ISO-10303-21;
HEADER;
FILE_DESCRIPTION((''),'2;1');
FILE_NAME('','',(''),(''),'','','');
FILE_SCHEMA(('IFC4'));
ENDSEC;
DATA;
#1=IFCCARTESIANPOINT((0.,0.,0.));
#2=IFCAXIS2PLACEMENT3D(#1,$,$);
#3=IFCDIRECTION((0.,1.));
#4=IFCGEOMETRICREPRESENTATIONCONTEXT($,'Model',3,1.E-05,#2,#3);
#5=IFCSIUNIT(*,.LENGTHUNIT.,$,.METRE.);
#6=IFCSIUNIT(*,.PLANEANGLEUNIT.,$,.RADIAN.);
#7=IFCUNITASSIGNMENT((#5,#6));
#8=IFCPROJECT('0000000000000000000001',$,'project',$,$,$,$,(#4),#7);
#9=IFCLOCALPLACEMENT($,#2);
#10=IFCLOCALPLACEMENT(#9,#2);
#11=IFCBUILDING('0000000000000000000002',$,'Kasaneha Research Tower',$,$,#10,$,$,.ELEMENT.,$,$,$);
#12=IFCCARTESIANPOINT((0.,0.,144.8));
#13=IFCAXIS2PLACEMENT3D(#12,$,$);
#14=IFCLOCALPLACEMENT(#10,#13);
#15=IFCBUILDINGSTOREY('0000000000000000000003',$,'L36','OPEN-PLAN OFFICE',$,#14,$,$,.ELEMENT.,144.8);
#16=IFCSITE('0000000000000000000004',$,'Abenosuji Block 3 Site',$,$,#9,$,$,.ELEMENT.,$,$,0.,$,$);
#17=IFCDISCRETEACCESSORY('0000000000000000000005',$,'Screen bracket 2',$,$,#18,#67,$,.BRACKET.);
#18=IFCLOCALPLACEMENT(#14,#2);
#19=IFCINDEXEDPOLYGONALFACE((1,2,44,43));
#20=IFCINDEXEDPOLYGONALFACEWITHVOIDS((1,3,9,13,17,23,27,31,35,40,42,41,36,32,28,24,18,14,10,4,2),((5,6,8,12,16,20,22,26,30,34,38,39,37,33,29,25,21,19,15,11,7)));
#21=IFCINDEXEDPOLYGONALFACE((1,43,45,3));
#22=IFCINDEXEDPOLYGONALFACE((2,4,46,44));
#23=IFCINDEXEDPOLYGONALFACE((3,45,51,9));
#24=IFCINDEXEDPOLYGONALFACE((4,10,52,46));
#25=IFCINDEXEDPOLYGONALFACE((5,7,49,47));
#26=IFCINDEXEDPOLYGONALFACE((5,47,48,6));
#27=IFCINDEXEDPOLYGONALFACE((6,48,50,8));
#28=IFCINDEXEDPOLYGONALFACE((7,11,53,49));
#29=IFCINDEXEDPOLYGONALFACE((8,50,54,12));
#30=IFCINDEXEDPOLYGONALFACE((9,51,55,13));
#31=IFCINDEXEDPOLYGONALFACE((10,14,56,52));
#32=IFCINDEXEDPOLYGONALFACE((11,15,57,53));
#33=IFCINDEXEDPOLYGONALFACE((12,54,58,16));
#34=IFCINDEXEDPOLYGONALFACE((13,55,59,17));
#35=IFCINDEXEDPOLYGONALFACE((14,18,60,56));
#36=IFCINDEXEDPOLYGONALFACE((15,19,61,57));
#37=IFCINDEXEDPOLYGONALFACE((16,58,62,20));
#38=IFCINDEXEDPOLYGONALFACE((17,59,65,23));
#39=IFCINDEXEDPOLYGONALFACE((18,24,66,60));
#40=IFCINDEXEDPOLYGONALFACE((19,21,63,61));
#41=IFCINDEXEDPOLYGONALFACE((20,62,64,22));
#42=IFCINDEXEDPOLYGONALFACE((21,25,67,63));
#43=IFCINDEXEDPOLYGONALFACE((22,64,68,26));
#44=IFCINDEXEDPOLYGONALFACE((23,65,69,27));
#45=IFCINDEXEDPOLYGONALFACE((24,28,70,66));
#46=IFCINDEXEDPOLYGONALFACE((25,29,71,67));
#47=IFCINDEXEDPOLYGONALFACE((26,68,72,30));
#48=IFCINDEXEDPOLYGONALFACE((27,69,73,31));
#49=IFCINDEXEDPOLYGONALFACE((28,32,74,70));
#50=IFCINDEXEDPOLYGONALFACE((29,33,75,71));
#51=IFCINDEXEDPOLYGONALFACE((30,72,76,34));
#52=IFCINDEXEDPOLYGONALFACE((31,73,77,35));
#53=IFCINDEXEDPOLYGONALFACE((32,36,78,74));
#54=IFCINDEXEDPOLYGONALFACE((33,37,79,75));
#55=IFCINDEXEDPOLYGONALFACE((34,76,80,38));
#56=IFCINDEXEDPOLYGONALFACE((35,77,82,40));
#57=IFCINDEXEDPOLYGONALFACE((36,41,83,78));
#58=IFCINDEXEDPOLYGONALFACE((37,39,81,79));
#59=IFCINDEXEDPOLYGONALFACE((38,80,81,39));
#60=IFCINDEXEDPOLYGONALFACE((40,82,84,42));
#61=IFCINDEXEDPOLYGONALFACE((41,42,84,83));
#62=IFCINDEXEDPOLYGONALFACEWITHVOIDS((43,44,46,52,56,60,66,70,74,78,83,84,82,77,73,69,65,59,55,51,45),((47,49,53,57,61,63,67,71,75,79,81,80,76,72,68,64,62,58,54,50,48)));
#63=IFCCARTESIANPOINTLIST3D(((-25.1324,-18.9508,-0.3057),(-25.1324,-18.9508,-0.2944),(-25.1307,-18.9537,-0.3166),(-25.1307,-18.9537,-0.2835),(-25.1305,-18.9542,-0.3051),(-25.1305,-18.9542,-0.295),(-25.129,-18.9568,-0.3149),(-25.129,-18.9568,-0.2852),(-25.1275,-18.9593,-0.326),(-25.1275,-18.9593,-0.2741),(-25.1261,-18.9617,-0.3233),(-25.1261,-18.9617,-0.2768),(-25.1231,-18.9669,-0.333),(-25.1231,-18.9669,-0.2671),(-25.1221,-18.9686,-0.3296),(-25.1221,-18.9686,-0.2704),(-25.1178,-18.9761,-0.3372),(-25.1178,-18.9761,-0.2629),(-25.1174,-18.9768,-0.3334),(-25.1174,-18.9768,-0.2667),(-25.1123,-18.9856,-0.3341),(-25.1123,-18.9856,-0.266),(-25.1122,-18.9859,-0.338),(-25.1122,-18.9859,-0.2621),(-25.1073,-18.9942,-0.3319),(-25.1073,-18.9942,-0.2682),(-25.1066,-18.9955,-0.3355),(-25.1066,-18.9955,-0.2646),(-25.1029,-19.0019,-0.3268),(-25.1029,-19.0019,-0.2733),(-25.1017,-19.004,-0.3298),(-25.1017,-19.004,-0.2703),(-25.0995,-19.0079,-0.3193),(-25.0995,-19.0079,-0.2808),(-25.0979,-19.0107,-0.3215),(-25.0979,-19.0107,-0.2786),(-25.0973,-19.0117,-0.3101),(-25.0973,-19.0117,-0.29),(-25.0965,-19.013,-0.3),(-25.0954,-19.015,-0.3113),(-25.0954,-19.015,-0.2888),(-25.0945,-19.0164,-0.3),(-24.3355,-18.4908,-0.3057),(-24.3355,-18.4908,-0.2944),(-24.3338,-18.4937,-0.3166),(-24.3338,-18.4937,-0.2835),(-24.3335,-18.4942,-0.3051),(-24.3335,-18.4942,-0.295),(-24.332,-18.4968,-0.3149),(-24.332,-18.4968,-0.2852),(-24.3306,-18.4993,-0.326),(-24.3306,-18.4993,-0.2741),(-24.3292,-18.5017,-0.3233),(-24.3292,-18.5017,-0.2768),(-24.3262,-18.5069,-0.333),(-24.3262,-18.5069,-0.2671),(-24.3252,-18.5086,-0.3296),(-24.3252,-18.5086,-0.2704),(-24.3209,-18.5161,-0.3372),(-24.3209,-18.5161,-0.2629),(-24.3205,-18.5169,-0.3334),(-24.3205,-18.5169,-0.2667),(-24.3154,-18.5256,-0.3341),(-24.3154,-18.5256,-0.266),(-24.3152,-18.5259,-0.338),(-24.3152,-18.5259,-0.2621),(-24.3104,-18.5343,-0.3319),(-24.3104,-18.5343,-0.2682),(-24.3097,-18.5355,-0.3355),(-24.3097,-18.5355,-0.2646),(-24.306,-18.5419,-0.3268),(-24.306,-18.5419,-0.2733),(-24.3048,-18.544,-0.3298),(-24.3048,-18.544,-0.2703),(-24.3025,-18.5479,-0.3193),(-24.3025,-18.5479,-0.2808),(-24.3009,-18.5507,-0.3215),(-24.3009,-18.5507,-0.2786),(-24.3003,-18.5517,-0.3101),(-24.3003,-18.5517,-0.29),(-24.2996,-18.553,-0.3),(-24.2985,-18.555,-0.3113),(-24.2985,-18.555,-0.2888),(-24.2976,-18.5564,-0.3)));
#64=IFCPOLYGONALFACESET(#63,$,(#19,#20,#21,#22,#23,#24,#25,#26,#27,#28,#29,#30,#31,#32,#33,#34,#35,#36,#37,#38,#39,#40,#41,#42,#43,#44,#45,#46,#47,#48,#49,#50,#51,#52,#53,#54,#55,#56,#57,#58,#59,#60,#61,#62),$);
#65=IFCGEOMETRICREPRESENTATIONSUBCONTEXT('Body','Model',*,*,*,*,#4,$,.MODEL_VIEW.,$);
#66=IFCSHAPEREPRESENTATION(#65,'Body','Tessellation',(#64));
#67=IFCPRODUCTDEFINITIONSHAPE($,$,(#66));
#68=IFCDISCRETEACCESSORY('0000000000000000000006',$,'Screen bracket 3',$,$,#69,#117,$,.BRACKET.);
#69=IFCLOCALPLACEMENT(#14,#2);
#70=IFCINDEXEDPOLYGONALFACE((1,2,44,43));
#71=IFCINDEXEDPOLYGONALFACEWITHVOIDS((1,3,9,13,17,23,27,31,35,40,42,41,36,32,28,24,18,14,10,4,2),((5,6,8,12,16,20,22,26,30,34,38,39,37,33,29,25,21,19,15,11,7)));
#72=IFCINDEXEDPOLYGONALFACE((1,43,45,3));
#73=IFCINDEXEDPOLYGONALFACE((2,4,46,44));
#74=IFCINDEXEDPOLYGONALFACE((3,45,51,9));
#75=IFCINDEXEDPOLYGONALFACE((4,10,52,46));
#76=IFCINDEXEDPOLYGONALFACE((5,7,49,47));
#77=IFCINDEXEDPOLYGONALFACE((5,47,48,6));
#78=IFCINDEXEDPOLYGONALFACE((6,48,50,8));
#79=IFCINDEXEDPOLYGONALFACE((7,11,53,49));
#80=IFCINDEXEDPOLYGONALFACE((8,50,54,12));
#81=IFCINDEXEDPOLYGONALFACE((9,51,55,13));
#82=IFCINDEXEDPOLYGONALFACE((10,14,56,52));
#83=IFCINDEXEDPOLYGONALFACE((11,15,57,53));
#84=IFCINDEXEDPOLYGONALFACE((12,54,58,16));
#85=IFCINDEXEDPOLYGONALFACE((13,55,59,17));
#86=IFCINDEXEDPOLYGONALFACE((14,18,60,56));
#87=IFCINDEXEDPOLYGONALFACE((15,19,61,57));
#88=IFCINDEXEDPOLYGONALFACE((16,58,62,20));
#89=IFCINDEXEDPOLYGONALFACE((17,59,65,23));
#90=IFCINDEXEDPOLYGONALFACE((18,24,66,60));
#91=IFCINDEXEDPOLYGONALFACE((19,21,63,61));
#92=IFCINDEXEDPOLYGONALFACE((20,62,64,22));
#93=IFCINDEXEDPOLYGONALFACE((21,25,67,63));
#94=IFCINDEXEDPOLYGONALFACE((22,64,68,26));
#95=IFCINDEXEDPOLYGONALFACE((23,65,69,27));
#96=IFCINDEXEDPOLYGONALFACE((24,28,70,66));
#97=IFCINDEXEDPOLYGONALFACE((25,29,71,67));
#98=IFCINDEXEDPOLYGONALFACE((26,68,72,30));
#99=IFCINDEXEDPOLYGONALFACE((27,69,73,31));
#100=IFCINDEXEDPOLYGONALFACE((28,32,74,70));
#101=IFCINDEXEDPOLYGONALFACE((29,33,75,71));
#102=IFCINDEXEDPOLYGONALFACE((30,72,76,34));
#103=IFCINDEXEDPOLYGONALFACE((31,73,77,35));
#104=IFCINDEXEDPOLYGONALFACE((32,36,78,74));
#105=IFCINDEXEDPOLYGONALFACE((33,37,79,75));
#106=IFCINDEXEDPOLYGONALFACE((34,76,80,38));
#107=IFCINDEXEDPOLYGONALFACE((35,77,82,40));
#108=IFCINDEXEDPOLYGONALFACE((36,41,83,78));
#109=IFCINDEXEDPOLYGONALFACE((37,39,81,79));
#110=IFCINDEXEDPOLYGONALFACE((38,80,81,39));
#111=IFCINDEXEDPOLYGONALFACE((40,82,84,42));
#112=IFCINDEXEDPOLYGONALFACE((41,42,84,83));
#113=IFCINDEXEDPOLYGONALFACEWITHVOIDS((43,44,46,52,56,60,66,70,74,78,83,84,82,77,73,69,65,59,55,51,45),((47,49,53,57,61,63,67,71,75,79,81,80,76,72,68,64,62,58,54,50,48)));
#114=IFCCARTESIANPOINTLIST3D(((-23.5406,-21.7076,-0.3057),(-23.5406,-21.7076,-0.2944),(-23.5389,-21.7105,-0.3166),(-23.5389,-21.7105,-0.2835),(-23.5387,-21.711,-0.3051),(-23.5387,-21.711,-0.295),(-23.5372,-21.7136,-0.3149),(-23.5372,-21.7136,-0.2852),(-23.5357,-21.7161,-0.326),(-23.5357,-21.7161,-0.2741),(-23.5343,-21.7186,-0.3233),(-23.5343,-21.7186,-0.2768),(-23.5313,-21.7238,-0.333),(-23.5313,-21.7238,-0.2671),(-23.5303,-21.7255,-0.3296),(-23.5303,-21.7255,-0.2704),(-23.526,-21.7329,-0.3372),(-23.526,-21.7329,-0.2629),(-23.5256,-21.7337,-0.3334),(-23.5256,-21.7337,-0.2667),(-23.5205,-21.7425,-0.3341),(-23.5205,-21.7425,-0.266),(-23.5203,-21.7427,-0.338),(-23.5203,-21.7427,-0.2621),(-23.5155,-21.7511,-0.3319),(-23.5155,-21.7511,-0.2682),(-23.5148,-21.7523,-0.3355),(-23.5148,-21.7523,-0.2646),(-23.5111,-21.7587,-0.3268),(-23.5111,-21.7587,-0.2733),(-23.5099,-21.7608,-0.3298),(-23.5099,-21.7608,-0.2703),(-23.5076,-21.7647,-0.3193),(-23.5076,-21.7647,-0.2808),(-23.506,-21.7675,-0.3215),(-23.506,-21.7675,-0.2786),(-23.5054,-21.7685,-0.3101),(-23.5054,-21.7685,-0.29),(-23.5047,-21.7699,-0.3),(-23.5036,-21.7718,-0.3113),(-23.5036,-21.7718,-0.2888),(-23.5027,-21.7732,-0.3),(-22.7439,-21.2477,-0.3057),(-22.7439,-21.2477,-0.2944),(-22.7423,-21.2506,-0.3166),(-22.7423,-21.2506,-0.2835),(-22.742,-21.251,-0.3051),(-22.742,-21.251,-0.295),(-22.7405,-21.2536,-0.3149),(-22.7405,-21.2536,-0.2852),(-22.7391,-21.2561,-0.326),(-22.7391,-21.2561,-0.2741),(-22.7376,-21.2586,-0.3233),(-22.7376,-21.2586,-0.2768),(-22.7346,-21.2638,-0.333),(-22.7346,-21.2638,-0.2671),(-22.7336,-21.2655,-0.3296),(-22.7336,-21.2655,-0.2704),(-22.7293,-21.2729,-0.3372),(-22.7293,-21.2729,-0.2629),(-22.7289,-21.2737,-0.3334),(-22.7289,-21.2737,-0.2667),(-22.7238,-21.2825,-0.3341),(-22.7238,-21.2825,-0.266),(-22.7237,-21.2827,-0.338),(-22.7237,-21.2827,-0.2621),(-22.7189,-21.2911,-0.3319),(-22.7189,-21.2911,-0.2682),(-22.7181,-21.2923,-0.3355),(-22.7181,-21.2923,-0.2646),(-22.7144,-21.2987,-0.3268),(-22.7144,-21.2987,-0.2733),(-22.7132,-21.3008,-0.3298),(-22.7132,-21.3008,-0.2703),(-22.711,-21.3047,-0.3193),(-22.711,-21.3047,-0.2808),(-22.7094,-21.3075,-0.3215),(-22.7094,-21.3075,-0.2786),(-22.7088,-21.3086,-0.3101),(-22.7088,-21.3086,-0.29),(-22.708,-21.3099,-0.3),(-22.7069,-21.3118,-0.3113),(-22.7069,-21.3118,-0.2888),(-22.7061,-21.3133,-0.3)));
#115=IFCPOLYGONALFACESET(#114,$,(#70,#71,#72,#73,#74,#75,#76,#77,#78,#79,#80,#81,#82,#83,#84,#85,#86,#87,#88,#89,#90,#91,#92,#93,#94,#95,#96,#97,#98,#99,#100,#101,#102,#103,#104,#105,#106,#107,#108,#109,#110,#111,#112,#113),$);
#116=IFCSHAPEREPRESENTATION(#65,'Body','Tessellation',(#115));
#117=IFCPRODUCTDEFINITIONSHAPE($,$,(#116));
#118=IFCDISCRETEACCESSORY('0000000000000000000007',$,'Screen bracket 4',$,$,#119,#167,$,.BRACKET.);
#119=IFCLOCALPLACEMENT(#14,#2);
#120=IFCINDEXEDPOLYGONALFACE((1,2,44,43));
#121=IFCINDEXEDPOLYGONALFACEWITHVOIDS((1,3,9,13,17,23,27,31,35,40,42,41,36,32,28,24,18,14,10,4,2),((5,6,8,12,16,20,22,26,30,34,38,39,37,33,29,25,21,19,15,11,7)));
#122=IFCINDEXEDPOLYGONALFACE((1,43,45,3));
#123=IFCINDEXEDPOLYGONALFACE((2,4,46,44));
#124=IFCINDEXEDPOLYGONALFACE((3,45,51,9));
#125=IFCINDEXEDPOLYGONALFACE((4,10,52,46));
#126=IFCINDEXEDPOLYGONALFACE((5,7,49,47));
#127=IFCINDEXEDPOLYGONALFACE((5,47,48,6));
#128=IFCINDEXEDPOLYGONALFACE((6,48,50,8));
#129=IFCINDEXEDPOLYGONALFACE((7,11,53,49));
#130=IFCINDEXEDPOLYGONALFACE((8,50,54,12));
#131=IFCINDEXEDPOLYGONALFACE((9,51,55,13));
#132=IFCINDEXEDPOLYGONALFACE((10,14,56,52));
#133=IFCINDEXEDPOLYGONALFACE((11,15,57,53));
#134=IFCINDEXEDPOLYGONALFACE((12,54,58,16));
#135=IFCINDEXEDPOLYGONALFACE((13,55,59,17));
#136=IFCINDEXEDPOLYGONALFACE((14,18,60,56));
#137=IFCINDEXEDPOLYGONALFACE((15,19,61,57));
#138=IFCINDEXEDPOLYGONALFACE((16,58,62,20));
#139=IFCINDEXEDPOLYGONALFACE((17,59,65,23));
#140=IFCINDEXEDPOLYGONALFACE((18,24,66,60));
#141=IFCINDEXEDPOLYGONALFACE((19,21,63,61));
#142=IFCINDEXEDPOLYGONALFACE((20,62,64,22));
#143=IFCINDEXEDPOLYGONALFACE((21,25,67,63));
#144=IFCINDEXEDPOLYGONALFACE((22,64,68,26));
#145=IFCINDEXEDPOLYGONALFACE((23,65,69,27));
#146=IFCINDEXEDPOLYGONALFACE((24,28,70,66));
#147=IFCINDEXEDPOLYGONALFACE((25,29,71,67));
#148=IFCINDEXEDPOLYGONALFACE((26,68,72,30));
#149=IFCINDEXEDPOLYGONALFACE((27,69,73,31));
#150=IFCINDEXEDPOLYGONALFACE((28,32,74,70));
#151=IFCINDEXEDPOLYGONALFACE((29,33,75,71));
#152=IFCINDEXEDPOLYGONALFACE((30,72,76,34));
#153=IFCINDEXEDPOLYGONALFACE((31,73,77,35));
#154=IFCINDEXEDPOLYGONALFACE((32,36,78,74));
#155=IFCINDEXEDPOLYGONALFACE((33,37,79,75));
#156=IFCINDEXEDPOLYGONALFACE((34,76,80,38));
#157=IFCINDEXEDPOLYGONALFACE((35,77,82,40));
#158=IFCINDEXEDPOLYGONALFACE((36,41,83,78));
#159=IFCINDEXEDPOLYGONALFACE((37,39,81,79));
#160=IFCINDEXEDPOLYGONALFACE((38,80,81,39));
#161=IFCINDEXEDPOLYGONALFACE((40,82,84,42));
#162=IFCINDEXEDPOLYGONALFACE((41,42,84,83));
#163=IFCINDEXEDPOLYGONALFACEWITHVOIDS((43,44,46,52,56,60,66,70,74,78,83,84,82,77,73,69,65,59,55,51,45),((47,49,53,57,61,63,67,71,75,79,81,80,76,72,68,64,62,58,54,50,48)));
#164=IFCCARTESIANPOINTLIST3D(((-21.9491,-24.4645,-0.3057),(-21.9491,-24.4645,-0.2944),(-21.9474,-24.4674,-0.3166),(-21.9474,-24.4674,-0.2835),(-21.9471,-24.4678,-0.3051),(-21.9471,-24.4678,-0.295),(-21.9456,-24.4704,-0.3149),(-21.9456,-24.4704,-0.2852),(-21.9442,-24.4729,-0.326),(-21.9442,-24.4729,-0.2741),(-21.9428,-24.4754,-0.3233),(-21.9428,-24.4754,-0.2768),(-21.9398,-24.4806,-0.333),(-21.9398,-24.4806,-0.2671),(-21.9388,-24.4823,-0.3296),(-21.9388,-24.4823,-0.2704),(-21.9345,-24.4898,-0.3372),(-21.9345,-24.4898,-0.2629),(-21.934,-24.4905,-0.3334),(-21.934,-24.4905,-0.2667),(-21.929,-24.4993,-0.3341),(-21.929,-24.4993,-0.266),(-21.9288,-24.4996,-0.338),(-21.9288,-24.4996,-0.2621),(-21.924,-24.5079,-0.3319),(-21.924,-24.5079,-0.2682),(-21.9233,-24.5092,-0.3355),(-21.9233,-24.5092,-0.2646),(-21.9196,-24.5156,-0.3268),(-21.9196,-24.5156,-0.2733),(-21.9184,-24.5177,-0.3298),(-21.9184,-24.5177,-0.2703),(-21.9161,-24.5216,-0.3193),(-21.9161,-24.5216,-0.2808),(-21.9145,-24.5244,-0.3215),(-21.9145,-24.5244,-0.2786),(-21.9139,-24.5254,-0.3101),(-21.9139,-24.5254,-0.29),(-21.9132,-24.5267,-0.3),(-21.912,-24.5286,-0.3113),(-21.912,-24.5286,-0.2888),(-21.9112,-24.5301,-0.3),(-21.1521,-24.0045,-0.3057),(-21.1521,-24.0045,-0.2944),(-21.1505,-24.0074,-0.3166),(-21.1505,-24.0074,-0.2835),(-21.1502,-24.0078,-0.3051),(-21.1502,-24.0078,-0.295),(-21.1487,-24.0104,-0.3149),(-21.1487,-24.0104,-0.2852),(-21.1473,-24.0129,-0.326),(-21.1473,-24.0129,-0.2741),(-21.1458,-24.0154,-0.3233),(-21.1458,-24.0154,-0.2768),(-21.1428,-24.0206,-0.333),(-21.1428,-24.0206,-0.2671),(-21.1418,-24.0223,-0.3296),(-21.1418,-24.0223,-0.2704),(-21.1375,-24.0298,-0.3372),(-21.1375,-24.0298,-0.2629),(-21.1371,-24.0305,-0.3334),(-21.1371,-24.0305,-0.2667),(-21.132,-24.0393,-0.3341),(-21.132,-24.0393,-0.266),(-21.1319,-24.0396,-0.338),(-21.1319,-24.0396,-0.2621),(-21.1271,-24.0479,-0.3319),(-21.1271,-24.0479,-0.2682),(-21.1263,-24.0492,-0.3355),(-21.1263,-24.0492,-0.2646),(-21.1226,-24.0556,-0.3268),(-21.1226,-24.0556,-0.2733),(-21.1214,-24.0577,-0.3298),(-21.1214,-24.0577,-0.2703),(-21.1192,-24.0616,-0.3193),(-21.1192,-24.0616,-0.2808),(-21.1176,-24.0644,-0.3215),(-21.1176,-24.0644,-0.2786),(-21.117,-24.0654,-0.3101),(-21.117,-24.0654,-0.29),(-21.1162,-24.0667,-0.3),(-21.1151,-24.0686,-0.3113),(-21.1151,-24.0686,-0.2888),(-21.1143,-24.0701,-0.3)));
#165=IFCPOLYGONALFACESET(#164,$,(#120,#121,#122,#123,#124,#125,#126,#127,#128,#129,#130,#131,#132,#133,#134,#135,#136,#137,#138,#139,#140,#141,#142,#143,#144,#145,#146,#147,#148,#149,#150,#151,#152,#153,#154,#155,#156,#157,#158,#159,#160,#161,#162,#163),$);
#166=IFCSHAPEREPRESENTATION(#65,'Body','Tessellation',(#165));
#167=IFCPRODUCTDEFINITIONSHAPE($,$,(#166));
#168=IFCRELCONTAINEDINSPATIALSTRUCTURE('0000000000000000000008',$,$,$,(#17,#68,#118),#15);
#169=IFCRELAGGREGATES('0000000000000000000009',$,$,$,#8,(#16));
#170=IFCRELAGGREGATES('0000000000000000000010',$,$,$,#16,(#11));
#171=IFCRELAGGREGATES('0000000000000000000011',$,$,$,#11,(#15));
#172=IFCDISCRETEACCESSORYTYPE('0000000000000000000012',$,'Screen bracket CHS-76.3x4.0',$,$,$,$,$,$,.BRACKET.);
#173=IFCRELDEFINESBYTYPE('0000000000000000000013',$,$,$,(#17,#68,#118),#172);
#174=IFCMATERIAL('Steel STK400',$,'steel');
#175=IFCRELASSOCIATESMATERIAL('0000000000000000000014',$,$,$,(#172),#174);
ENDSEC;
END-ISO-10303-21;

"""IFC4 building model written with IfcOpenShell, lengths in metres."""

from ifc_helpers import new_model, si_unit, direction, frame, origin, origin_2d, place, context, subcontext, project, spatial, hollow_circle, extrude, material, material_profile, profile_set, type_object, element, save


model = new_model("IFC4")

# Units and contexts
model_context = context("Model", 3, precision=1e-05, world=origin(), true_north=direction((0.0, 1.0)))
body_context = subcontext(model_context, "Body", "Model", "MODEL_VIEW")
ifc_project = project(units=[si_unit("LENGTHUNIT", "METRE"), si_unit("PLANEANGLEUNIT", "RADIAN")], contexts=[model_context])

# Site, building, storey
site_placement = place(None, origin())
site = spatial("IfcSite", under=ifc_project, at=site_placement, Name="Abenosuji Block 3 Site", CompositionType="ELEMENT", RefElevation=0.0)
building_placement = place(site_placement, origin())
building = spatial("IfcBuilding", under=site, at=building_placement, Name="Kasaneha Research Tower", CompositionType="ELEMENT")
storey_placement = place(building_placement, frame((0.0, 0.0, 144.8)))
storey = spatial("IfcBuildingStorey", under=building, at=storey_placement, Name="L36", Description="OPEN-PLAN OFFICE", CompositionType="ELEMENT", Elevation=144.8)

# Discrete accessories
ifc_material_1 = material(Name="Steel STK400", Category="steel")
ifc_material_profile_1 = material_profile(ifc_material_1, hollow_circle(Radius=0.0381, WallThickness=0.0039, at=origin_2d()), Name="CHS-76.3x4.0")
ifc_profile_set_1 = profile_set([ifc_material_profile_1], Name="Steel STK400")
discrete_accessory_type = type_object("IfcDiscreteAccessoryType", Name="Screen bracket CHS-76.3x4.0", PredefinedType="BRACKET", material=ifc_profile_set_1)
discrete_accessory_1_placement = place(storey_placement, frame((-24.3167, -18.5234, -0.3), z_axis=(-0.86608, -0.499906, 0.0), x_axis=(0.499906, -0.86608, 0.0)))
element("IfcDiscreteAccessory", 1, at=discrete_accessory_1_placement, inside=storey, type_object=discrete_accessory_type, Name="Screen bracket 2", PredefinedType="BRACKET", context=body_context, shape_type="SweptSolid", body=[
    extrude(hollow_circle(Radius=0.0381, WallThickness=0.0039, at=origin_2d()), origin(), (0.0, 0.0, 1.0), 0.9202),
])
discrete_accessory_2_placement = place(storey_placement, frame((-22.7251, -21.2803, -0.3), z_axis=(-0.866013, -0.500021, 0.0), x_axis=(0.500021, -0.866013, 0.0)))
element("IfcDiscreteAccessory", 2, at=discrete_accessory_2_placement, inside=storey, type_object=discrete_accessory_type, Name="Screen bracket 3", PredefinedType="BRACKET", context=body_context, shape_type="SweptSolid", body=[
    extrude(hollow_circle(Radius=0.0381, WallThickness=0.0039, at=origin_2d()), origin(), (0.0, 0.0, 1.0), 0.9199),
])
discrete_accessory_3_placement = place(storey_placement, frame((-21.1333, -24.0371, -0.3), z_axis=(-0.86608, -0.499906, 0.0), x_axis=(0.499906, -0.86608, 0.0)))
element("IfcDiscreteAccessory", 3, at=discrete_accessory_3_placement, inside=storey, type_object=discrete_accessory_type, Name="Screen bracket 4", PredefinedType="BRACKET", context=body_context, shape_type="SweptSolid", body=[
    extrude(hollow_circle(Radius=0.0381, WallThickness=0.0039, at=origin_2d()), origin(), (0.0, 0.0, 1.0), 0.9202),
])

save(model, "model.ifc")
